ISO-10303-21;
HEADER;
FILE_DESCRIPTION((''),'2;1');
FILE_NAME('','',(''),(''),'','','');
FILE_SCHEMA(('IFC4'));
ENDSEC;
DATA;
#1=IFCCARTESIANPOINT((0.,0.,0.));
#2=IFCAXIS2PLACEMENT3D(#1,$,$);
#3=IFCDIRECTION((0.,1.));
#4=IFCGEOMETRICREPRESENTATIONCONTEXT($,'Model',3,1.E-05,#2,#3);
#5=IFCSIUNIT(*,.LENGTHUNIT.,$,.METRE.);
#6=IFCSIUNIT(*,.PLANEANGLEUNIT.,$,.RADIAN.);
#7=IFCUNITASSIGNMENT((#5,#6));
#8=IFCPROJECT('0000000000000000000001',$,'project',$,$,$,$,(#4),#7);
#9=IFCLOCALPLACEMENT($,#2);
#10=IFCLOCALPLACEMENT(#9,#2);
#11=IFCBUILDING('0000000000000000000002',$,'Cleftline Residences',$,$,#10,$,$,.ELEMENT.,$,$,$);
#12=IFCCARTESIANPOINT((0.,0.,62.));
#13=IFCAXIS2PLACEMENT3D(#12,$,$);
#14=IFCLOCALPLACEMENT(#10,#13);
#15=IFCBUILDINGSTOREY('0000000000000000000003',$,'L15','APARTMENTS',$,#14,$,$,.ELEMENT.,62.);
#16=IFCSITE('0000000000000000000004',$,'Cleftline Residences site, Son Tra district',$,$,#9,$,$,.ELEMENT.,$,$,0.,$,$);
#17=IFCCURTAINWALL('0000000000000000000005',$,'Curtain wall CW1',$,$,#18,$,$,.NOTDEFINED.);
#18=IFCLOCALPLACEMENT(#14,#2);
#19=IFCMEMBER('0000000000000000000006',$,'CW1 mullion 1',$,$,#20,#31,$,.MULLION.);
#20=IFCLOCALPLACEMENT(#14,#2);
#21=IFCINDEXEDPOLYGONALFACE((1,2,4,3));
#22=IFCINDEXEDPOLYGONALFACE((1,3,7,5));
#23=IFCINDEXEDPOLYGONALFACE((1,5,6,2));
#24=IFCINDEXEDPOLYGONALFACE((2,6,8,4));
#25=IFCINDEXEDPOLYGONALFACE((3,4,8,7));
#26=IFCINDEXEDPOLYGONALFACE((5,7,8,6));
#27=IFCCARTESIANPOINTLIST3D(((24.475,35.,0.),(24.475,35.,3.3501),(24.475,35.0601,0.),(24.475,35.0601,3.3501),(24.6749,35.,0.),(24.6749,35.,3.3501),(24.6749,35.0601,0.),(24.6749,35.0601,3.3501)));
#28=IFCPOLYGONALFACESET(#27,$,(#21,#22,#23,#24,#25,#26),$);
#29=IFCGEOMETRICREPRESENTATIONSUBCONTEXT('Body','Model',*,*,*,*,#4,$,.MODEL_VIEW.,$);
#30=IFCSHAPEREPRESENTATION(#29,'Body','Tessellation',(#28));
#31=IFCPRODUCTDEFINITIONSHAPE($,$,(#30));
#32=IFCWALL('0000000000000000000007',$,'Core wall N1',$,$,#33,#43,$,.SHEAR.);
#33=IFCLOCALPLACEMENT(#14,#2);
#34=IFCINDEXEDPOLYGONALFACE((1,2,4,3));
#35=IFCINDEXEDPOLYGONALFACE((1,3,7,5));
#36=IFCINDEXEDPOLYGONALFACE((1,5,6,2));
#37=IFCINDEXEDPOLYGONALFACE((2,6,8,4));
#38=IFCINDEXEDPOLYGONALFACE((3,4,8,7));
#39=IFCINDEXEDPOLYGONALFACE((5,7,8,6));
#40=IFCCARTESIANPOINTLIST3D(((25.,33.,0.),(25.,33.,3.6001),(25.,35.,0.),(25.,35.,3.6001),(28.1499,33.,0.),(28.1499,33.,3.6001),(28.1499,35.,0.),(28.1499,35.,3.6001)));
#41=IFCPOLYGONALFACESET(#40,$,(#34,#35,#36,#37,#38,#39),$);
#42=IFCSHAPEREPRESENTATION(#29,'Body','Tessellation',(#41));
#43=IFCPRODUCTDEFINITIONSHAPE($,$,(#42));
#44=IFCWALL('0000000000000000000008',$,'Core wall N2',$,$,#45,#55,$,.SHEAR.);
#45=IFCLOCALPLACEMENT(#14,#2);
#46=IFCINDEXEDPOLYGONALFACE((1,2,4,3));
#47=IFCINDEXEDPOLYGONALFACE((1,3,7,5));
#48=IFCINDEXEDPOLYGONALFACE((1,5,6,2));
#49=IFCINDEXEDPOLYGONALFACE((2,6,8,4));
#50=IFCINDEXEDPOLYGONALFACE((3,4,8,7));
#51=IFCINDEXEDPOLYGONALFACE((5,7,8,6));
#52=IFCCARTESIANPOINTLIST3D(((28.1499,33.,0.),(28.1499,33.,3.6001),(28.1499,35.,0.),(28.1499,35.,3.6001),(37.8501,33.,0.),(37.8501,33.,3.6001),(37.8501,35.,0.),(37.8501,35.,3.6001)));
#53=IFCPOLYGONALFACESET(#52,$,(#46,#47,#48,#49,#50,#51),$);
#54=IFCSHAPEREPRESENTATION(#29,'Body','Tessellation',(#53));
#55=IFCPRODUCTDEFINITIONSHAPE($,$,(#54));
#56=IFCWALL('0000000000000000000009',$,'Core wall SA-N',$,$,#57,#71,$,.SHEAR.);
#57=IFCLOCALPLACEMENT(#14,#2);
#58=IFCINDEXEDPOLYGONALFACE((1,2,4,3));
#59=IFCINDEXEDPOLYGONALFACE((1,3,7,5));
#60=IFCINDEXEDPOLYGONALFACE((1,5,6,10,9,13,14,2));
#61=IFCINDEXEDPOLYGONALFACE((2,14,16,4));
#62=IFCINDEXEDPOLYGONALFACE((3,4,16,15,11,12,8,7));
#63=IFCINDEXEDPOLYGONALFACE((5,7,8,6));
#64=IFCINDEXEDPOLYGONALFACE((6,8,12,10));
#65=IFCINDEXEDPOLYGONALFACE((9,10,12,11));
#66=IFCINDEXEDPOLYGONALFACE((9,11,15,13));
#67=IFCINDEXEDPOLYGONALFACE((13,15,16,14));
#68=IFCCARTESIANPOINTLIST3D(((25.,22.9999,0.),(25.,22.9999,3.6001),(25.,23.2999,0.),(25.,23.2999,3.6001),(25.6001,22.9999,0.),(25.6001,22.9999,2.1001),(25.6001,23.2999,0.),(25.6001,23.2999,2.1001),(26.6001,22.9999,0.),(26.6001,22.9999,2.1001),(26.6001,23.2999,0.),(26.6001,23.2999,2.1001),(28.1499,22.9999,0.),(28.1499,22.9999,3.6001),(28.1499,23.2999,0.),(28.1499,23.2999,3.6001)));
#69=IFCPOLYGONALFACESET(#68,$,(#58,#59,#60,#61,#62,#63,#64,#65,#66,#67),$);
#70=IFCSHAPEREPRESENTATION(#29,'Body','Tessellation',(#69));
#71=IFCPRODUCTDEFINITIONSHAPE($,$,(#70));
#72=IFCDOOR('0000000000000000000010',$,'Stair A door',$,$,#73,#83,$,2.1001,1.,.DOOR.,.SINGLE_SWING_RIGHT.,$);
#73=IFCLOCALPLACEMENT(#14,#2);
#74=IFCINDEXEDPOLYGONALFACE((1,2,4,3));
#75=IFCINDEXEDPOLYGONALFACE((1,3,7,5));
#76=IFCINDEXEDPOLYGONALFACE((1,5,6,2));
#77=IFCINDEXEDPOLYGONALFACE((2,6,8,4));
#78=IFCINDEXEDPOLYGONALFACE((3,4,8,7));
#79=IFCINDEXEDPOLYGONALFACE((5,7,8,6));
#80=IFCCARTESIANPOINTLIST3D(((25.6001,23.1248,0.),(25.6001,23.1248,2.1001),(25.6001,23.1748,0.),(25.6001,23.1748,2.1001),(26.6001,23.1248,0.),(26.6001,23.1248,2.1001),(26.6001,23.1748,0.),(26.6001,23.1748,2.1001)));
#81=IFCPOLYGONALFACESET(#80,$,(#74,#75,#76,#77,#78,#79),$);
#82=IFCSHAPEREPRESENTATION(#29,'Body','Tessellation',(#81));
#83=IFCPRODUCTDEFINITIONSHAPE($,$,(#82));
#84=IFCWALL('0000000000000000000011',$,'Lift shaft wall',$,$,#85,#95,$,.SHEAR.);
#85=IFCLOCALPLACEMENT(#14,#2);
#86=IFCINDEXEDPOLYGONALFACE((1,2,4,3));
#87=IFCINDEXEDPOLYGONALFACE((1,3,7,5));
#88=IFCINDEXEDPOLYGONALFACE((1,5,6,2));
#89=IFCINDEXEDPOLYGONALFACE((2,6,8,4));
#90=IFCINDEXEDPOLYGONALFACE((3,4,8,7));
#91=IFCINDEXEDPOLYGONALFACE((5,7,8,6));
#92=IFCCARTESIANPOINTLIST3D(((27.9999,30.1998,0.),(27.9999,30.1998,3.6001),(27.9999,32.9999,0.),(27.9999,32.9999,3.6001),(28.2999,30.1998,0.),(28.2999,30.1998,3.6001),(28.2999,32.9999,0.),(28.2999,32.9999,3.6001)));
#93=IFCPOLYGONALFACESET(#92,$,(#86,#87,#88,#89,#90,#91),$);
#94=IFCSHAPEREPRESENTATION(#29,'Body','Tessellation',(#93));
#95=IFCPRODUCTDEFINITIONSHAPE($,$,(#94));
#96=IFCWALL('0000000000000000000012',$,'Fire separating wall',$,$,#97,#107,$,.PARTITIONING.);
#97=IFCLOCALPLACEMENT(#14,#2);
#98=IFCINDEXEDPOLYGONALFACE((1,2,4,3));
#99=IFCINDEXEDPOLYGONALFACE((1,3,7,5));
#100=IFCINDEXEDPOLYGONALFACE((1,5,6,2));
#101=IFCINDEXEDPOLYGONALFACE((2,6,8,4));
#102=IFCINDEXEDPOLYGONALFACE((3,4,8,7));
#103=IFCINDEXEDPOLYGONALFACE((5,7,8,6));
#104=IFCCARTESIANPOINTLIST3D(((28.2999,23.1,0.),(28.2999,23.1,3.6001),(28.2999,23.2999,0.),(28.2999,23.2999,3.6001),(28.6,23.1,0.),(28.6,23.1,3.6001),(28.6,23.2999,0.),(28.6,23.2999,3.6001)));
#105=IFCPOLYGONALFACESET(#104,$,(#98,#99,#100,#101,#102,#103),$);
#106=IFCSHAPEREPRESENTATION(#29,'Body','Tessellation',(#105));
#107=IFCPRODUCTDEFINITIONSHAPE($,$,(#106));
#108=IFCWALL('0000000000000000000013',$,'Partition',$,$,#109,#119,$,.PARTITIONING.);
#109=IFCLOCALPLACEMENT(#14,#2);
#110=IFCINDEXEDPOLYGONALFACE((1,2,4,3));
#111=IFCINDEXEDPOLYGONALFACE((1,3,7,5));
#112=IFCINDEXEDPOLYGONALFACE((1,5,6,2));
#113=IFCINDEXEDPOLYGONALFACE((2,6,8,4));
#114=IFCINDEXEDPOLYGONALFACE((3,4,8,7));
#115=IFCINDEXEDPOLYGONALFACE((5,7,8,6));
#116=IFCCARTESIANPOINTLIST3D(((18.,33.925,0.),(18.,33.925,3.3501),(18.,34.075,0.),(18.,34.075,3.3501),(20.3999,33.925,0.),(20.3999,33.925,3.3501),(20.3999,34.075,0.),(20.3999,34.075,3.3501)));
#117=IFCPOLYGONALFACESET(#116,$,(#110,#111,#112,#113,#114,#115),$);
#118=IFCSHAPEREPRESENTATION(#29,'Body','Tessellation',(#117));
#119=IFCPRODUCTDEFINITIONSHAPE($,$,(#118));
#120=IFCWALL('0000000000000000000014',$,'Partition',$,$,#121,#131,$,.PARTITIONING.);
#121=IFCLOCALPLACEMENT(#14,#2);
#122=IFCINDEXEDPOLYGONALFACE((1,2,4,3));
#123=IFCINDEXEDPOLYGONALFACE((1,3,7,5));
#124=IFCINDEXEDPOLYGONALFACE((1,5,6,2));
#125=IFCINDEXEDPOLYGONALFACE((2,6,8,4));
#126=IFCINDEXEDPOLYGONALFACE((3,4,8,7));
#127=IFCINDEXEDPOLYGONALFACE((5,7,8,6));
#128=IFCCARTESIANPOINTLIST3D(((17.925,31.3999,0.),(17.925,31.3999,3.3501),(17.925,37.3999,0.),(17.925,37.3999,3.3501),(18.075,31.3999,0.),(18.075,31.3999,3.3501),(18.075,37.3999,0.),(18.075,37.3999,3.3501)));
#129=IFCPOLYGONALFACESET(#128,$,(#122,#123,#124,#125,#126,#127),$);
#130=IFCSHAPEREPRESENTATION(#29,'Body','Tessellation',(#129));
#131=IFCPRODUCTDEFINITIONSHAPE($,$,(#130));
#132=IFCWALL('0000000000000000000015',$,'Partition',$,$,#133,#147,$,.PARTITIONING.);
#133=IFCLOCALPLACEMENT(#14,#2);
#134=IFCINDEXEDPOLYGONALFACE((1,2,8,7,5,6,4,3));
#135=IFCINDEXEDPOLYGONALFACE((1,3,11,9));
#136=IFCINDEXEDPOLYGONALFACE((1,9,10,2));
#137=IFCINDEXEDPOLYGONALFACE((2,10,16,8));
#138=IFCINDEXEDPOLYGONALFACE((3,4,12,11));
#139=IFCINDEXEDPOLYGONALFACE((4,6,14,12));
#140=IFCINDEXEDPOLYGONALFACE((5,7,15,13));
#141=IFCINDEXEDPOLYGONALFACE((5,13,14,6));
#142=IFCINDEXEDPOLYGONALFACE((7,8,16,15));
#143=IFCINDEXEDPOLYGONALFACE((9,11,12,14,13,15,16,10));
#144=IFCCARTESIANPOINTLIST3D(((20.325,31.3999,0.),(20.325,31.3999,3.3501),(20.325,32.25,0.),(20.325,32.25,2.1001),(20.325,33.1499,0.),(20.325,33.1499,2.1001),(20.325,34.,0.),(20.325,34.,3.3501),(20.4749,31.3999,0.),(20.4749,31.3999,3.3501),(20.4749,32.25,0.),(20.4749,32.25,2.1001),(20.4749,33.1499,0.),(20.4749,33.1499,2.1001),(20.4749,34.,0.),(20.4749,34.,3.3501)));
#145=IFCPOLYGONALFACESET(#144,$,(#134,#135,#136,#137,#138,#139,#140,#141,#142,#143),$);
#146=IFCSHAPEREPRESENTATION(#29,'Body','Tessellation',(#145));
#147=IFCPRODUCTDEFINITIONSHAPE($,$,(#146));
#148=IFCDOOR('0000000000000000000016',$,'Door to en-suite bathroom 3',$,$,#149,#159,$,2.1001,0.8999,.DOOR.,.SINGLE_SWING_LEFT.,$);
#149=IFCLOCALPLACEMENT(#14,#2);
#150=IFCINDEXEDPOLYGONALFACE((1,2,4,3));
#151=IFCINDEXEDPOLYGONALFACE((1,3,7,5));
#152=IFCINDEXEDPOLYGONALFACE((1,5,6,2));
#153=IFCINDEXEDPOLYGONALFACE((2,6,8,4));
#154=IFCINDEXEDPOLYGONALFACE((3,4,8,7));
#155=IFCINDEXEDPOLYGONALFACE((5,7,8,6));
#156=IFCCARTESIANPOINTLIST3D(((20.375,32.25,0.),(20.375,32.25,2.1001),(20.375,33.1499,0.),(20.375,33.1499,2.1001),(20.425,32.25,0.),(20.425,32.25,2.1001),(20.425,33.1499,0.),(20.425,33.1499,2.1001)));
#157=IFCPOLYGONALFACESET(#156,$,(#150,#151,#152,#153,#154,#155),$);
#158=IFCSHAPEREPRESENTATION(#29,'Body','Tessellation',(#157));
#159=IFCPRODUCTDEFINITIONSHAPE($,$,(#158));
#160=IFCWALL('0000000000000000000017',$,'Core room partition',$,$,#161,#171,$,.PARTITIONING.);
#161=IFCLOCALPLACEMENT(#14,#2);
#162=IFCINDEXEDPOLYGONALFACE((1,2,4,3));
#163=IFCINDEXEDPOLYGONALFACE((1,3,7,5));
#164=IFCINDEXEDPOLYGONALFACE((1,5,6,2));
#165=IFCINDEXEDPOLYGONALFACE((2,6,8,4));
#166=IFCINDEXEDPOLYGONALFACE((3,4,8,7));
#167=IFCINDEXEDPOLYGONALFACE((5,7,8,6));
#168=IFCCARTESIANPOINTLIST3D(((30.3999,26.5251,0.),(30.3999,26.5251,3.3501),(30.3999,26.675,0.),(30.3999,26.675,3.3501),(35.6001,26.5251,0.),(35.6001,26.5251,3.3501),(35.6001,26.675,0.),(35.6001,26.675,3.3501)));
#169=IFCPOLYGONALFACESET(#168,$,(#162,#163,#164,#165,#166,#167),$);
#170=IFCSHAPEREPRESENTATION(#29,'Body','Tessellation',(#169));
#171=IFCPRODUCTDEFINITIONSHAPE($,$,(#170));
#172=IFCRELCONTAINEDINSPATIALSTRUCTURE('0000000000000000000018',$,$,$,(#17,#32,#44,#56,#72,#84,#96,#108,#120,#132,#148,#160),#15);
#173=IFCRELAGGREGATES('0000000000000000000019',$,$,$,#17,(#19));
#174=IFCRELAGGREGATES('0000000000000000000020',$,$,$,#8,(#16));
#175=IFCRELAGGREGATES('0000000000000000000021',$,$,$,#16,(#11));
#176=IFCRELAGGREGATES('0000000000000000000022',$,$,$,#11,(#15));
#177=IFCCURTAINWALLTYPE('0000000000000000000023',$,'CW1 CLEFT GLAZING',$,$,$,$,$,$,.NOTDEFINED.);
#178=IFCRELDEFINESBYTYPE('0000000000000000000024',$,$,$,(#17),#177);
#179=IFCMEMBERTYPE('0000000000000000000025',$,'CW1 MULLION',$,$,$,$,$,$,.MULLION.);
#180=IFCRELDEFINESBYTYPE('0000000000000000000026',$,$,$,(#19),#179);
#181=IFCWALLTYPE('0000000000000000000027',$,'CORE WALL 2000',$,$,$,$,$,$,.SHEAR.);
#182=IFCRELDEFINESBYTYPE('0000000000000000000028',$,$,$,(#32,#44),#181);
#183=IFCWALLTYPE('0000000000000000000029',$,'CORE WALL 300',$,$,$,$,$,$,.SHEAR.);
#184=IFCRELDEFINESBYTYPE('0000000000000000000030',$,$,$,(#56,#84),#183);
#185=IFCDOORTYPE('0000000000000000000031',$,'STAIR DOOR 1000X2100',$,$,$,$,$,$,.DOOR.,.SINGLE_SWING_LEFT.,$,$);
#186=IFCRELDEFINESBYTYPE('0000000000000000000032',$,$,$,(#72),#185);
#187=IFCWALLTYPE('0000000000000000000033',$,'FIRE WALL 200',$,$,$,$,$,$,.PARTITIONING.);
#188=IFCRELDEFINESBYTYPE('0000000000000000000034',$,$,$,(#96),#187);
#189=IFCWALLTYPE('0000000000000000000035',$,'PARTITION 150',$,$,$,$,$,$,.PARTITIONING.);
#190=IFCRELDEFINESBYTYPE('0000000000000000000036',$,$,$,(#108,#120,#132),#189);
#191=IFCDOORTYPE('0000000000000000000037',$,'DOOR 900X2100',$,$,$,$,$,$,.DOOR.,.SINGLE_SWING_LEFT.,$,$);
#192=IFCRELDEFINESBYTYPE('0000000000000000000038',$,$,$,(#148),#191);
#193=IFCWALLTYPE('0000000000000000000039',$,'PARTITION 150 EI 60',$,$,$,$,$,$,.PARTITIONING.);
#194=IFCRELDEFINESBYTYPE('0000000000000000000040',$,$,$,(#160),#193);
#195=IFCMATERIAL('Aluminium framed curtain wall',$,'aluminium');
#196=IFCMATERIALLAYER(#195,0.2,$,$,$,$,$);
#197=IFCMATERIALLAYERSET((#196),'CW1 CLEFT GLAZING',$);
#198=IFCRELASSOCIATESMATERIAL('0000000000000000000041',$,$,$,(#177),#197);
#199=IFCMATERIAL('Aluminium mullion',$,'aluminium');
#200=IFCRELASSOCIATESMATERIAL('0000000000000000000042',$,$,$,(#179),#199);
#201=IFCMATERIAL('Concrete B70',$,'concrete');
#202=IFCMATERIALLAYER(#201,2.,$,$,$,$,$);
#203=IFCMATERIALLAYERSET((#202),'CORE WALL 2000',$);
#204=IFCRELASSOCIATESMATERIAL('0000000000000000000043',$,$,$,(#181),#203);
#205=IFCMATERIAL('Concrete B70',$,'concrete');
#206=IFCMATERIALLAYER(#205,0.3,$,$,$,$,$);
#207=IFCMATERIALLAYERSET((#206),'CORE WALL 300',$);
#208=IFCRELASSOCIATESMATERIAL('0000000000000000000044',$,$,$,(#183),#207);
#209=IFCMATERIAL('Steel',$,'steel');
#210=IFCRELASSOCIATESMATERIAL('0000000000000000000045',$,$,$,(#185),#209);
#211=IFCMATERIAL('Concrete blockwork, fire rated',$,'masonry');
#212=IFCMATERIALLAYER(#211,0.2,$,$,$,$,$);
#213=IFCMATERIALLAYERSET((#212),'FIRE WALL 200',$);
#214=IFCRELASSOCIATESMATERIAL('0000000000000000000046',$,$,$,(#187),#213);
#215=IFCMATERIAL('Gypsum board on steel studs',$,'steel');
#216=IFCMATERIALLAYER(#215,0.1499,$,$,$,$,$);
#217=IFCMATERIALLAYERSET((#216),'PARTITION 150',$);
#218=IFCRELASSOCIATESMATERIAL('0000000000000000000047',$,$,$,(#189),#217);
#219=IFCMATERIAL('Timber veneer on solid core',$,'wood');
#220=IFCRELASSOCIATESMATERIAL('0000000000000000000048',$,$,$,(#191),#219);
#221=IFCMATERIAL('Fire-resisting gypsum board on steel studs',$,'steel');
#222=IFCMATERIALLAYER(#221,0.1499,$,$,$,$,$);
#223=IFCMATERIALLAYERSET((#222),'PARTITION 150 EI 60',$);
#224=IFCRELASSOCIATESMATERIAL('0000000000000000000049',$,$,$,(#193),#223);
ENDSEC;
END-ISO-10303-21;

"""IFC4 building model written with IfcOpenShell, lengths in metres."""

from ifc_helpers import new_model, si_unit, direction, frame, frame_2d, origin, origin_2d, place, context, subcontext, project, spatial, rectangle, extrude, material, layer, layer_set, material_profile, profile_set, type_object, element, fill, aggregate, save


model = new_model("IFC4")

# Units and contexts
model_context = context("Model", 3, precision=1e-05, world=origin(), true_north=direction((0.0, 1.0)))
body_context = subcontext(model_context, "Body", "Model", "MODEL_VIEW")
ifc_project = project(units=[si_unit("LENGTHUNIT", "METRE"), si_unit("PLANEANGLEUNIT", "RADIAN")], contexts=[model_context])

# Site, building, storey
site_placement = place(None, origin())
site = spatial("IfcSite", under=ifc_project, at=site_placement, Name="Cleftline Residences site, Son Tra district", CompositionType="ELEMENT", RefElevation=0.0)
building_placement = place(site_placement, origin())
building = spatial("IfcBuilding", under=site, at=building_placement, Name="Cleftline Residences", CompositionType="ELEMENT")
storey_placement = place(building_placement, frame((0.0, 0.0, 62.0)))
storey = spatial("IfcBuildingStorey", under=building, at=storey_placement, Name="L15", Description="APARTMENTS", CompositionType="ELEMENT", Elevation=62.0)

# Curtain wall, member
ifc_material_1 = material(Name="Aluminium framed curtain wall", Category="aluminium")
ifc_layer_1 = layer(ifc_material_1, 0.2)
ifc_layer_set_1 = layer_set([ifc_layer_1], Name="CW1 CLEFT GLAZING")
curtain_wall_type = type_object("IfcCurtainWallType", Name="CW1 CLEFT GLAZING", PredefinedType="NOTDEFINED", material=ifc_layer_set_1)
curtain_wall_placement = place(storey_placement, origin())
curtain_wall = element("IfcCurtainWall", 1, at=curtain_wall_placement, inside=storey, type_object=curtain_wall_type, Name="Curtain wall CW1", PredefinedType="NOTDEFINED")
ifc_material_2 = material(Name="Aluminium mullion", Category="aluminium")
ifc_material_profile = material_profile(ifc_material_2, rectangle(XDim=0.2, YDim=0.0601, at=origin_2d()))
ifc_profile_set = profile_set([ifc_material_profile], Name="Aluminium mullion")
member_type = type_object("IfcMemberType", Name="CW1 MULLION", PredefinedType="MULLION", material=ifc_profile_set)
member_placement = place(storey_placement, frame((24.575, 35.03, 0.0), z_axis=(0.0, 0.0, 1.0), x_axis=(-1.0, 0.0, 0.0)))
member = element("IfcMember", 2, at=member_placement, type_object=member_type, Name="CW1 mullion 1", PredefinedType="MULLION", context=body_context, shape_type="SweptSolid", body=[
    extrude(rectangle(XDim=0.2, YDim=0.0601, at=origin_2d()), origin(), (0.0, 0.0, 1.0), 3.3501),
])
aggregate(curtain_wall, [member])

# Walls
ifc_material_3 = material(Name="Concrete B70", Category="concrete")
ifc_layer_2 = layer(ifc_material_3, 2.0)
ifc_layer_set_2 = layer_set([ifc_layer_2], Name="CORE WALL 2000")
wall_type_1 = type_object("IfcWallType", Name="CORE WALL 2000", PredefinedType="SHEAR", material=ifc_layer_set_2)
wall_1_placement = place(storey_placement, frame((25.0, 34.0, 0.0), z_axis=(0.0, 0.0, 1.0), x_axis=(1.0, 0.0, 0.0)))
element("IfcWall", 3, at=wall_1_placement, inside=storey, type_object=wall_type_1, Name="Core wall N1", PredefinedType="SHEAR", context=body_context, shape_type="SweptSolid", body=[
    extrude(rectangle(XDim=3.1499, YDim=2.0, at=frame_2d((1.575, 0.0))), origin(), (0.0, 0.0, 1.0), 3.6001),
])
wall_2_placement = place(storey_placement, frame((28.1499, 34.0, 0.0), z_axis=(0.0, 0.0, 1.0), x_axis=(1.0, 0.0, 0.0)))
element("IfcWall", 4, at=wall_2_placement, inside=storey, type_object=wall_type_1, Name="Core wall N2", PredefinedType="SHEAR", context=body_context, shape_type="SweptSolid", body=[
    extrude(rectangle(XDim=9.7002, YDim=2.0, at=frame_2d((4.8501, 0.0))), origin(), (0.0, 0.0, 1.0), 3.6001),
])

# Wall, opening, door
ifc_material_4 = material(Name="Concrete B70", Category="concrete")
ifc_layer_3 = layer(ifc_material_4, 0.3)
ifc_layer_set_3 = layer_set([ifc_layer_3], Name="CORE WALL 300")
wall_type_2 = type_object("IfcWallType", Name="CORE WALL 300", PredefinedType="SHEAR", material=ifc_layer_set_3)
wall_3_placement = place(storey_placement, frame((25.0, 23.1499, 0.0), z_axis=(0.0, 0.0, 1.0), x_axis=(1.0, 0.0, 0.0)))
wall_3 = element("IfcWall", 5, at=wall_3_placement, inside=storey, type_object=wall_type_2, Name="Core wall SA-N", PredefinedType="SHEAR", context=body_context, shape_type="SweptSolid", body=[
    extrude(rectangle(XDim=3.1499, YDim=0.3, at=frame_2d((1.575, 0.0))), origin(), (0.0, 0.0, 1.0), 3.6001),
])
opening_1_placement = place(wall_3_placement, frame((0.6001, 0.0, 0.0)))
opening_1 = element("IfcOpeningElement", 6, at=opening_1_placement, cuts=wall_3, PredefinedType="OPENING", context=body_context, shape_type="SweptSolid", body=[
    extrude(rectangle(XDim=1.0, YDim=2.1001, at=frame_2d((0.5, 1.05))), frame((0.0, 0.1599, 0.0), z_axis=(0.0, -1.0, 0.0), x_axis=(1.0, 0.0, 0.0)), (0.0, 0.0, 1.0), 0.3201),
])
ifc_material_5 = material(Name="Steel", Category="steel")
door_type_1 = type_object("IfcDoorType", Name="STAIR DOOR 1000X2100", OperationType="SINGLE_SWING_LEFT", PredefinedType="DOOR", material=ifc_material_5)
door_1_placement = place(opening_1_placement, origin())
door_1 = element("IfcDoor", 7, at=door_1_placement, inside=storey, type_object=door_type_1, Name="Stair A door", OperationType="SINGLE_SWING_RIGHT", OverallHeight=2.1001, OverallWidth=1.0, PredefinedType="DOOR", context=body_context, shape_type="SweptSolid", body=[
    extrude(rectangle(XDim=1.0, YDim=2.1001, at=frame_2d((0.5, 1.05))), frame((0.0, 0.0249, 0.0), z_axis=(0.0, -1.0, 0.0), x_axis=(1.0, 0.0, 0.0)), (0.0, 0.0, 1.0), 0.05),
])
fill(opening_1, door_1)

# Walls
wall_4_placement = place(storey_placement, frame((28.1499, 30.2, 0.0), z_axis=(0.0, 0.0, 1.0), x_axis=(0.0, 1.0, 0.0)))
element("IfcWall", 8, at=wall_4_placement, inside=storey, type_object=wall_type_2, Name="Lift shaft wall", PredefinedType="SHEAR", context=body_context, shape_type="SweptSolid", body=[
    extrude(rectangle(XDim=2.8, YDim=0.3, at=frame_2d((1.3999, 0.0))), origin(), (0.0, 0.0, 1.0), 3.6001),
])
ifc_material_6 = material(Name="Concrete blockwork, fire rated", Category="masonry")
ifc_layer_4 = layer(ifc_material_6, 0.2)
ifc_layer_set_4 = layer_set([ifc_layer_4], Name="FIRE WALL 200")
wall_type_3 = type_object("IfcWallType", Name="FIRE WALL 200", PredefinedType="PARTITIONING", material=ifc_layer_set_4)
wall_5_placement = place(storey_placement, frame((28.3, 23.2, 0.0), z_axis=(0.0, 0.0, 1.0), x_axis=(1.0, 0.0, 0.0)))
element("IfcWall", 9, at=wall_5_placement, inside=storey, type_object=wall_type_3, Name="Fire separating wall", PredefinedType="PARTITIONING", context=body_context, shape_type="SweptSolid", body=[
    extrude(rectangle(XDim=0.3, YDim=0.2, at=frame_2d((0.1499, 0.0))), origin(), (0.0, 0.0, 1.0), 3.6001),
])
ifc_material_7 = material(Name="Gypsum board on steel studs", Category="steel")
ifc_layer_5 = layer(ifc_material_7, 0.1499)
ifc_layer_set_5 = layer_set([ifc_layer_5], Name="PARTITION 150")
wall_type_4 = type_object("IfcWallType", Name="PARTITION 150", PredefinedType="PARTITIONING", material=ifc_layer_set_5)
wall_6_placement = place(storey_placement, frame((18.0, 34.0, 0.0), z_axis=(0.0, 0.0, 1.0), x_axis=(1.0, 0.0, 0.0)))
element("IfcWall", 10, at=wall_6_placement, inside=storey, type_object=wall_type_4, Name="Partition", PredefinedType="PARTITIONING", context=body_context, shape_type="SweptSolid", body=[
    extrude(rectangle(XDim=2.3999, YDim=0.1499, at=frame_2d((1.2, 0.0))), origin(), (0.0, 0.0, 1.0), 3.3501),
])
wall_7_placement = place(storey_placement, frame((18.0, 31.3999, 0.0), z_axis=(0.0, 0.0, 1.0), x_axis=(0.0, 1.0, 0.0)))
element("IfcWall", 11, at=wall_7_placement, inside=storey, type_object=wall_type_4, Name="Partition", PredefinedType="PARTITIONING", context=body_context, shape_type="SweptSolid", body=[
    extrude(rectangle(XDim=6.0, YDim=0.1499, at=frame_2d((3.0, 0.0))), origin(), (0.0, 0.0, 1.0), 3.3501),
])

# Wall, opening, door
wall_8_placement = place(storey_placement, frame((20.3999, 31.3999, 0.0), z_axis=(0.0, 0.0, 1.0), x_axis=(0.0, 1.0, 0.0)))
wall_8 = element("IfcWall", 12, at=wall_8_placement, inside=storey, type_object=wall_type_4, Name="Partition", PredefinedType="PARTITIONING", context=body_context, shape_type="SweptSolid", body=[
    extrude(rectangle(XDim=2.6001, YDim=0.1499, at=frame_2d((1.3, 0.0))), origin(), (0.0, 0.0, 1.0), 3.3501),
])
opening_2_placement = place(wall_8_placement, frame((0.8501, 0.0, 0.0)))
opening_2 = element("IfcOpeningElement", 13, at=opening_2_placement, cuts=wall_8, PredefinedType="OPENING", context=body_context, shape_type="SweptSolid", body=[
    extrude(rectangle(XDim=0.8999, YDim=2.1001, at=frame_2d((0.45, 1.05))), frame((0.0, 0.085, 0.0), z_axis=(0.0, -1.0, 0.0), x_axis=(1.0, 0.0, 0.0)), (0.0, 0.0, 1.0), 0.1699),
])
ifc_material_8 = material(Name="Timber veneer on solid core", Category="wood")
door_type_2 = type_object("IfcDoorType", Name="DOOR 900X2100", OperationType="SINGLE_SWING_LEFT", PredefinedType="DOOR", material=ifc_material_8)
door_2_placement = place(opening_2_placement, origin())
door_2 = element("IfcDoor", 14, at=door_2_placement, inside=storey, type_object=door_type_2, Name="Door to en-suite bathroom 3", OperationType="SINGLE_SWING_LEFT", OverallHeight=2.1001, OverallWidth=0.8999, PredefinedType="DOOR", context=body_context, shape_type="SweptSolid", body=[
    extrude(rectangle(XDim=0.8999, YDim=2.1001, at=frame_2d((0.45, 1.05))), frame((0.0, 0.0249, 0.0), z_axis=(0.0, -1.0, 0.0), x_axis=(1.0, 0.0, 0.0)), (0.0, 0.0, 1.0), 0.05),
])
fill(opening_2, door_2)

# Wall
ifc_material_9 = material(Name="Fire-resisting gypsum board on steel studs", Category="steel")
ifc_layer_6 = layer(ifc_material_9, 0.1499)
ifc_layer_set_6 = layer_set([ifc_layer_6], Name="PARTITION 150 EI 60")
wall_type_5 = type_object("IfcWallType", Name="PARTITION 150 EI 60", PredefinedType="PARTITIONING", material=ifc_layer_set_6)
wall_9_placement = place(storey_placement, frame((30.3999, 26.6001, 0.0), z_axis=(0.0, 0.0, 1.0), x_axis=(1.0, 0.0, 0.0)))
element("IfcWall", 15, at=wall_9_placement, inside=storey, type_object=wall_type_5, Name="Core room partition", PredefinedType="PARTITIONING", context=body_context, shape_type="SweptSolid", body=[
    extrude(rectangle(XDim=5.2002, YDim=0.1499, at=frame_2d((2.6001, 0.0))), origin(), (0.0, 0.0, 1.0), 3.3501),
])

save(model, "model.ifc")
